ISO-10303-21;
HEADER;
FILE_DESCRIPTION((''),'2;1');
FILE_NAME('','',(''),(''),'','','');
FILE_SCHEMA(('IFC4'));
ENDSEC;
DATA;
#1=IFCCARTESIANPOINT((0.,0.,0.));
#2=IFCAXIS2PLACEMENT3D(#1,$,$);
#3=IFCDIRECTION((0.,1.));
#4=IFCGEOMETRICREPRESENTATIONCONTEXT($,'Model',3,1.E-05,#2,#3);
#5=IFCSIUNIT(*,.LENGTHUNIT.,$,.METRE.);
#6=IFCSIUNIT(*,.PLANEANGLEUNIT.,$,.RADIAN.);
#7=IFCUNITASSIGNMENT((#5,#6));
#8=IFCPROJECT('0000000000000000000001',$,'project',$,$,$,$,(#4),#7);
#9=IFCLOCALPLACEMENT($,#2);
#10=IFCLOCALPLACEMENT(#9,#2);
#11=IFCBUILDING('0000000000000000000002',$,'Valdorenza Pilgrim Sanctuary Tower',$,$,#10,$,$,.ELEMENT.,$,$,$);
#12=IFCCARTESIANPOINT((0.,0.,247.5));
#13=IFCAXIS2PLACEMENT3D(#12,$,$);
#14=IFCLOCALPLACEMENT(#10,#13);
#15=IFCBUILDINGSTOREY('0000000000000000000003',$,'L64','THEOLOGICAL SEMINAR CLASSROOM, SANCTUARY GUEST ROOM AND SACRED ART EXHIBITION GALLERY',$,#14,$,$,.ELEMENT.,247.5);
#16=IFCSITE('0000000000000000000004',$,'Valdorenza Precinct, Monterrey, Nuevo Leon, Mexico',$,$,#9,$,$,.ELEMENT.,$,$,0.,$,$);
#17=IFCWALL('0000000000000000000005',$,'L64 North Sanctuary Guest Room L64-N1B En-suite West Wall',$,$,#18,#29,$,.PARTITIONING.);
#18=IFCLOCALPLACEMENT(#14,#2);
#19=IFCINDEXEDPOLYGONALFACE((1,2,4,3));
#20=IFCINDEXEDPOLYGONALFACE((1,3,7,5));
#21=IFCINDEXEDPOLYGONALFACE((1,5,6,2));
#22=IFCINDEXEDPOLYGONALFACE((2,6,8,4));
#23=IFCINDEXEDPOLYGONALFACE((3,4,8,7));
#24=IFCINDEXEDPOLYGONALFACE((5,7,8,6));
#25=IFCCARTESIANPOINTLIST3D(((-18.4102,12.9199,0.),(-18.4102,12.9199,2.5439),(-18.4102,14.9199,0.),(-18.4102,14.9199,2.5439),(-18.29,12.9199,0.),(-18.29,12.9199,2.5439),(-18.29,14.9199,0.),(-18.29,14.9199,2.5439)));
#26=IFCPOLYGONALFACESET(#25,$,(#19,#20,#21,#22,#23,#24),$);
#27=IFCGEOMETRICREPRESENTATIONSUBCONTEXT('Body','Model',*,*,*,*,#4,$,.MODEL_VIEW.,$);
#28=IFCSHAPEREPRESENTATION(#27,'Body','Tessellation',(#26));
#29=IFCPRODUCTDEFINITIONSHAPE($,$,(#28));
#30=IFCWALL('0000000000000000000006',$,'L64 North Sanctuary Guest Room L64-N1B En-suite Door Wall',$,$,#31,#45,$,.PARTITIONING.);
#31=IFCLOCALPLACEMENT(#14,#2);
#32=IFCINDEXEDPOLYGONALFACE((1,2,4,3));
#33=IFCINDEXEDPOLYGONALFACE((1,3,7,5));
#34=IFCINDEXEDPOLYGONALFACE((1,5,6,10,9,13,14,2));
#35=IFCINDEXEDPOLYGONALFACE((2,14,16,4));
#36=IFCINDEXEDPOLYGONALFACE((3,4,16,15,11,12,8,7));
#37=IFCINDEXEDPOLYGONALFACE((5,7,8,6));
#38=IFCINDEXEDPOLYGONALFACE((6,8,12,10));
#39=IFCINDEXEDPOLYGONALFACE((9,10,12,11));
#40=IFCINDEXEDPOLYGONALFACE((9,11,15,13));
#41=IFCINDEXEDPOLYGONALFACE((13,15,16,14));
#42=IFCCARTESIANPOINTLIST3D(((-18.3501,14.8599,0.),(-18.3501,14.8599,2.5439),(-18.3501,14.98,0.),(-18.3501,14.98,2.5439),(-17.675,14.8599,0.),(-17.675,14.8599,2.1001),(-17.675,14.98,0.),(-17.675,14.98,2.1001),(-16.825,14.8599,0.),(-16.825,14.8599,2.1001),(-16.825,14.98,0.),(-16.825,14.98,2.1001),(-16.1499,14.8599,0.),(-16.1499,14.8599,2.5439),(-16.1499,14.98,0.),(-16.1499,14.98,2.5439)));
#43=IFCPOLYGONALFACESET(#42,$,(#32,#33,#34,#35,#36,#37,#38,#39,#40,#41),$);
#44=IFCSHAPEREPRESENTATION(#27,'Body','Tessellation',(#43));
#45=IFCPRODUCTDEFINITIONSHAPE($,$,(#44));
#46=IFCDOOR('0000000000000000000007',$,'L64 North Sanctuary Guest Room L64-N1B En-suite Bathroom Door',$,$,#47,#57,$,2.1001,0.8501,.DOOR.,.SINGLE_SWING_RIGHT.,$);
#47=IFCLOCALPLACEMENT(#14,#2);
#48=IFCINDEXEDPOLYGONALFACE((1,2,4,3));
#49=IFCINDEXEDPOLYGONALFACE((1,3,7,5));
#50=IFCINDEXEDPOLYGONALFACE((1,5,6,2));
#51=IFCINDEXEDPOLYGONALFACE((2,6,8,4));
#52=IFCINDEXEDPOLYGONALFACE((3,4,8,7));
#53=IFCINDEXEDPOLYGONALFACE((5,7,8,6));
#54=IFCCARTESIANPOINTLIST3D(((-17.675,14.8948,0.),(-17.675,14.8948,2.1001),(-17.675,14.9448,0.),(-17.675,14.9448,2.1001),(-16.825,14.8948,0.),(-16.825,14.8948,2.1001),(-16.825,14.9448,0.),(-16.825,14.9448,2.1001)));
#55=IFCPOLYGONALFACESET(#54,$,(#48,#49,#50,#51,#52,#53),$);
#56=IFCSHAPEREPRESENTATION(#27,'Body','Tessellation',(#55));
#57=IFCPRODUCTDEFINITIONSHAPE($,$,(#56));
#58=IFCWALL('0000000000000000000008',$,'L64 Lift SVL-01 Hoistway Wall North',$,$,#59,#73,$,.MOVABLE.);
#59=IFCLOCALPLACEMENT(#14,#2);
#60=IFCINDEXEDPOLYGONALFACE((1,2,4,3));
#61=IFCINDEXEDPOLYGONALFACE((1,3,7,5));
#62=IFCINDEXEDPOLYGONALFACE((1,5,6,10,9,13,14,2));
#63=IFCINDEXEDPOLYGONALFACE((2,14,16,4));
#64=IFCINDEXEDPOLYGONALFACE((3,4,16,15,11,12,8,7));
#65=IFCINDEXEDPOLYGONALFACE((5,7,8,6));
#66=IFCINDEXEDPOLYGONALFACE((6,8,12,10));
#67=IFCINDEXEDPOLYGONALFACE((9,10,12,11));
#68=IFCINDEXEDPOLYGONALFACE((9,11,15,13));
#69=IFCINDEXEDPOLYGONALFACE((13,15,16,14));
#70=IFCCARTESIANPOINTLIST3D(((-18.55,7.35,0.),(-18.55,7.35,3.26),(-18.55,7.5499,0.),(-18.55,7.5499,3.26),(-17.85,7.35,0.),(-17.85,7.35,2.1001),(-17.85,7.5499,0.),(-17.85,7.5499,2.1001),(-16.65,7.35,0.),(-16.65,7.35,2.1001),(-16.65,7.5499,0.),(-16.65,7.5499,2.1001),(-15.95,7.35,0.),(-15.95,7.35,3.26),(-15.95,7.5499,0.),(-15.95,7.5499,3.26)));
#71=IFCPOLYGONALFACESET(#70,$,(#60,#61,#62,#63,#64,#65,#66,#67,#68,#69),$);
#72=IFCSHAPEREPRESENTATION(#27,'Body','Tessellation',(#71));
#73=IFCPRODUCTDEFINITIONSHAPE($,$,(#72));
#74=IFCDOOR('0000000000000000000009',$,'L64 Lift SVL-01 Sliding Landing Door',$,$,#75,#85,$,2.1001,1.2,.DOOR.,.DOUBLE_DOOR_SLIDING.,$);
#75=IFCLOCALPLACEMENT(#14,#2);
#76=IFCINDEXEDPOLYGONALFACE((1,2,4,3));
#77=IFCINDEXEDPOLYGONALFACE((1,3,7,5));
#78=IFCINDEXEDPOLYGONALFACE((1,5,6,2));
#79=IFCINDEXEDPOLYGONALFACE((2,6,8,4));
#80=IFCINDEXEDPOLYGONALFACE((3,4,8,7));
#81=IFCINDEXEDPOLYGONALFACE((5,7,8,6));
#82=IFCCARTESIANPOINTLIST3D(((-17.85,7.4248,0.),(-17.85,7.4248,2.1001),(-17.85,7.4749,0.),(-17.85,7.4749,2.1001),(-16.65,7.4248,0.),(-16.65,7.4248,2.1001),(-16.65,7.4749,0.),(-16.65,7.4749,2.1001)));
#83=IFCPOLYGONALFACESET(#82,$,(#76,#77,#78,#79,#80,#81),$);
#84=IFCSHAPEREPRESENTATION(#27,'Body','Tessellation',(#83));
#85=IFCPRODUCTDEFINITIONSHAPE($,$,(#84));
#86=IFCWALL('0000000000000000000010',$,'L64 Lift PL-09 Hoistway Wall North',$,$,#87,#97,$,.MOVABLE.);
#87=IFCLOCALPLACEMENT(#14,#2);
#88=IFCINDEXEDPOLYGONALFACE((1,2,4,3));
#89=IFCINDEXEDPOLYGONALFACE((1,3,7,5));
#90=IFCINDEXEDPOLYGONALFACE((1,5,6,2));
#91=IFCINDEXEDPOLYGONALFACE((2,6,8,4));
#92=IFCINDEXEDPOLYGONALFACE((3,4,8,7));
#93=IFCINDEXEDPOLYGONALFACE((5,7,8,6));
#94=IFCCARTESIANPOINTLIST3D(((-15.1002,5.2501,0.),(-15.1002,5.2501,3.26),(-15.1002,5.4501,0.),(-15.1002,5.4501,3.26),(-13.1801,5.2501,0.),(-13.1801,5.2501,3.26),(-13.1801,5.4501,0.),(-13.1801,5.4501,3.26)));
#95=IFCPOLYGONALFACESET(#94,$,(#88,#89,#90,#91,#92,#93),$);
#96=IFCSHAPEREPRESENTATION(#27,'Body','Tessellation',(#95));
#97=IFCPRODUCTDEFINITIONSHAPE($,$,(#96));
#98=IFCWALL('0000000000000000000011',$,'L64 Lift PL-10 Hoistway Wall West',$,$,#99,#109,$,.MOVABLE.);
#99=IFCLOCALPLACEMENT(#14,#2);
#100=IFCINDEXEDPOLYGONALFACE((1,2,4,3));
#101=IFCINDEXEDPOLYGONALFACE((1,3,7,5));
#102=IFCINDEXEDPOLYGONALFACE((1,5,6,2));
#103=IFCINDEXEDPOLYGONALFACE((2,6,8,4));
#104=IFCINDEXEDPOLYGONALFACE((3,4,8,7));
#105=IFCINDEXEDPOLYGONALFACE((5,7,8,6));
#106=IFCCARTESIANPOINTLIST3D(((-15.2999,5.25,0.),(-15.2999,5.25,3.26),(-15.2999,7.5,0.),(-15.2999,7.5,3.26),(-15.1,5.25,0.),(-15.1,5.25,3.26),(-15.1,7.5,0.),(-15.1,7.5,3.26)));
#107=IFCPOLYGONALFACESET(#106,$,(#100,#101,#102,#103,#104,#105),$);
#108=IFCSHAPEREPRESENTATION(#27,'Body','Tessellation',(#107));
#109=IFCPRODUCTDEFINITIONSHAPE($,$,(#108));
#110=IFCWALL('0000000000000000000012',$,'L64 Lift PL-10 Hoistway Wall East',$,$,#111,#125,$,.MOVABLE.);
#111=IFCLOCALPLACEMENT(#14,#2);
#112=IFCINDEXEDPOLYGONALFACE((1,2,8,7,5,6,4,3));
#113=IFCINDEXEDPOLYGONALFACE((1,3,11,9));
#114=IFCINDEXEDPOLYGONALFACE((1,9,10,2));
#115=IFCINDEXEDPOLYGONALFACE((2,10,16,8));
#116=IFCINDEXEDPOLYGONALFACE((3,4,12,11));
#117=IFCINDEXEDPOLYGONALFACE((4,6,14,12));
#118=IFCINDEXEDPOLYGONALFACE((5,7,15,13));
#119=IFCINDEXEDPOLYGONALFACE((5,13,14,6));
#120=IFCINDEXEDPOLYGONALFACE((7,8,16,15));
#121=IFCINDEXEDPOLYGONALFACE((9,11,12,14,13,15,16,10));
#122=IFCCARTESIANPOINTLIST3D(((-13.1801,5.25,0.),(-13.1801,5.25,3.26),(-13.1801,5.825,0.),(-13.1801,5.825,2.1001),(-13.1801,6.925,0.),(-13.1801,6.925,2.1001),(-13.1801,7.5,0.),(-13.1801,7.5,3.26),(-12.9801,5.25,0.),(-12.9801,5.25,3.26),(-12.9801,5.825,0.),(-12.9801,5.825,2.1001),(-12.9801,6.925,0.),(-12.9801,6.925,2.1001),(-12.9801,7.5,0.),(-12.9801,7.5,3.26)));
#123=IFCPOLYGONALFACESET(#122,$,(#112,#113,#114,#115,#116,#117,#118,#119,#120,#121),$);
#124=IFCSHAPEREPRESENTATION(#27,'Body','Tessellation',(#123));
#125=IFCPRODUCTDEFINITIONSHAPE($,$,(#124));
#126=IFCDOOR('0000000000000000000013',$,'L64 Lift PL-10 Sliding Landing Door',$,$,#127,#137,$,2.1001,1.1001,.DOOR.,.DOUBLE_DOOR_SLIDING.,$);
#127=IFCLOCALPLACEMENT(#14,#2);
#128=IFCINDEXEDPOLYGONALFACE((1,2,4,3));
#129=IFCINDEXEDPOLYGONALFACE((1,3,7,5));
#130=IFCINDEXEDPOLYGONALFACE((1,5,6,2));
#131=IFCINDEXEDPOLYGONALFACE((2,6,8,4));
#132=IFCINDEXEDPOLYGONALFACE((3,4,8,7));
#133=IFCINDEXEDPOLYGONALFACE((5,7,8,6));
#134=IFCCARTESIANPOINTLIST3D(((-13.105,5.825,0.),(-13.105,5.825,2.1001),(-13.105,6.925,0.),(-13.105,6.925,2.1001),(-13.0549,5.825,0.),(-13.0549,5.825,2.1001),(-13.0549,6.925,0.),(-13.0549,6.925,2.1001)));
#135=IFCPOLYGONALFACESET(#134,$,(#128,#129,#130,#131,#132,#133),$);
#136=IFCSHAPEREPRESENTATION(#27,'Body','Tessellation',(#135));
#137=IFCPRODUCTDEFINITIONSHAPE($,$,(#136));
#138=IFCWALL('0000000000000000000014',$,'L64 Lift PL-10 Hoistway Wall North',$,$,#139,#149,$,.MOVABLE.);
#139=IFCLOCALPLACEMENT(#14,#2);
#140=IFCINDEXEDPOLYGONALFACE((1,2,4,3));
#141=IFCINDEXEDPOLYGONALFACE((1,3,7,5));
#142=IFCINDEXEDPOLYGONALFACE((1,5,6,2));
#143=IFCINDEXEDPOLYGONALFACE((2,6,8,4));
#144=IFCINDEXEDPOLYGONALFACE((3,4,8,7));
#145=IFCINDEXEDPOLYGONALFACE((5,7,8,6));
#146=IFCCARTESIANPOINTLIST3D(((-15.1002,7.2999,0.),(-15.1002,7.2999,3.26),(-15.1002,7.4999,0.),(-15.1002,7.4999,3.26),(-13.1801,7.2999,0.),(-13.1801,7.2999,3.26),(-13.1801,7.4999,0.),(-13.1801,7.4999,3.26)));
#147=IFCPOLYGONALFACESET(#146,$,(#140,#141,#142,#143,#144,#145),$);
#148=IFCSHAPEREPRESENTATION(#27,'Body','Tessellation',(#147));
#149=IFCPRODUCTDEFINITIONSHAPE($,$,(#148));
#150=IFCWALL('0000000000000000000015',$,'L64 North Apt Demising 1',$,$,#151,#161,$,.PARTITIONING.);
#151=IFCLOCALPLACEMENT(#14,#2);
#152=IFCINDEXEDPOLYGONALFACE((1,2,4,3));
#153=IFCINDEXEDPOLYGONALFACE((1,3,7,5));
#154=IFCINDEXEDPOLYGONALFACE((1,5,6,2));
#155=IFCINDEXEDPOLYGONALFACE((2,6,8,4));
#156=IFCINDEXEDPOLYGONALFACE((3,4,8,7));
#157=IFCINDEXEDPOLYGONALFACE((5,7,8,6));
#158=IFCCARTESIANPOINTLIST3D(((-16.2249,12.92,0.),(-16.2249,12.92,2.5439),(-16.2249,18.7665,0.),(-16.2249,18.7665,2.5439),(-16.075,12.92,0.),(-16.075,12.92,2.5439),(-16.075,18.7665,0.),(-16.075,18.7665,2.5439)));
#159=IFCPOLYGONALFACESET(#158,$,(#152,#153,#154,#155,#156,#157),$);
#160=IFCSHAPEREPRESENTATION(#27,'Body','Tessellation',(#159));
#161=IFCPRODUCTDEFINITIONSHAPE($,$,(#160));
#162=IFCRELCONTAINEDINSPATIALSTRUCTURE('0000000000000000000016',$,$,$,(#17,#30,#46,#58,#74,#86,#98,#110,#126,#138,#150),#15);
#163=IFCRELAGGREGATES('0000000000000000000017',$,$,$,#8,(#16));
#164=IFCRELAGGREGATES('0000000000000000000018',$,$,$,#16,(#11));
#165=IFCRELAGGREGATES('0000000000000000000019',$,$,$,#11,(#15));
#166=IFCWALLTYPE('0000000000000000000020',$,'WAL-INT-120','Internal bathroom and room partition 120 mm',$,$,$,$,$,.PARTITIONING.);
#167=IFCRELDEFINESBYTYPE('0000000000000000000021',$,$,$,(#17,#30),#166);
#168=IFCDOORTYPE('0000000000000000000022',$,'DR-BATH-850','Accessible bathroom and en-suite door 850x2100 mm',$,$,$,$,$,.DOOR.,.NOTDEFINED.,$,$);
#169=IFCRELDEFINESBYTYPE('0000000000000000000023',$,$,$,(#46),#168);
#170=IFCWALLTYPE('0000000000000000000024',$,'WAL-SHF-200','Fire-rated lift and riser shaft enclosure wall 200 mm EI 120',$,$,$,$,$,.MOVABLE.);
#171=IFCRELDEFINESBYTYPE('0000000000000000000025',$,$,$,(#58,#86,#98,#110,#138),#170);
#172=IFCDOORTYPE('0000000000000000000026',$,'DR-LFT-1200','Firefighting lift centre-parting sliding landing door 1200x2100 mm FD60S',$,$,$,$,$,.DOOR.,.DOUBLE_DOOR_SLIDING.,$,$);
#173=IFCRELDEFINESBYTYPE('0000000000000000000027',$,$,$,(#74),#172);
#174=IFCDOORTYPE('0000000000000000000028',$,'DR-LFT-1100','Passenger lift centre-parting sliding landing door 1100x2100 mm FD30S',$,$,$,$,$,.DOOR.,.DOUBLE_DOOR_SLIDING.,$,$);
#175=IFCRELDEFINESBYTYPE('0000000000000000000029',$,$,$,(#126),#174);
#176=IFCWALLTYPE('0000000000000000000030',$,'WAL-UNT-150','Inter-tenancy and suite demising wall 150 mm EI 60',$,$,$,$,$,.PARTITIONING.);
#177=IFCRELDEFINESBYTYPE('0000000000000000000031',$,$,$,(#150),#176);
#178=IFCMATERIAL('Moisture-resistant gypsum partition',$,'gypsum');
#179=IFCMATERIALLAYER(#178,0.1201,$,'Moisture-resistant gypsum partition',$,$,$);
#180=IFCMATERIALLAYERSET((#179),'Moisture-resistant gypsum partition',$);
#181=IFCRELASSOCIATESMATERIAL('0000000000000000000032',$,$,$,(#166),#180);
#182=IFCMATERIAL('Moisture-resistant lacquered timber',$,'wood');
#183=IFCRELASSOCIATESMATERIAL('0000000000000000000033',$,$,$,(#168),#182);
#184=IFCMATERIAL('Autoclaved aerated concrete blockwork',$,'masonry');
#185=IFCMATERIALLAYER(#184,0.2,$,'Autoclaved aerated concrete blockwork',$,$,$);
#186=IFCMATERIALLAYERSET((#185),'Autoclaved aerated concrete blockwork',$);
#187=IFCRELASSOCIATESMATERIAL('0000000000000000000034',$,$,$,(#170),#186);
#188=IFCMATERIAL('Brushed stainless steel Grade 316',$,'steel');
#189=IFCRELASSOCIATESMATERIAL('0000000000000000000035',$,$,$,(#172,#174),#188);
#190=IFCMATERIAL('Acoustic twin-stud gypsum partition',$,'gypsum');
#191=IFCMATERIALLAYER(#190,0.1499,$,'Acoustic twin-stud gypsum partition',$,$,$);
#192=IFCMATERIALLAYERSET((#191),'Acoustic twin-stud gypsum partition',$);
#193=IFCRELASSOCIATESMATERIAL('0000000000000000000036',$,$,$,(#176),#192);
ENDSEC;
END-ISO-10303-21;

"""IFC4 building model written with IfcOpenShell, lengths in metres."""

from ifc_helpers import new_model, si_unit, direction, frame, frame_2d, origin, place, context, subcontext, project, spatial, rectangle, extrude, material, layer, layer_set, type_object, element, fill, save


model = new_model("IFC4")

# Units and contexts
model_context = context("Model", 3, precision=1e-05, world=origin(), true_north=direction((0.0, 1.0)))
body_context = subcontext(model_context, "Body", "Model", "MODEL_VIEW")
ifc_project = project(units=[si_unit("LENGTHUNIT", "METRE"), si_unit("PLANEANGLEUNIT", "RADIAN")], contexts=[model_context])

# Site, building, storey
site_placement = place(None, origin())
site = spatial("IfcSite", under=ifc_project, at=site_placement, Name="Valdorenza Precinct, Monterrey, Nuevo Leon, Mexico", CompositionType="ELEMENT", RefElevation=0.0)
building_placement = place(site_placement, origin())
building = spatial("IfcBuilding", under=site, at=building_placement, Name="Valdorenza Pilgrim Sanctuary Tower", CompositionType="ELEMENT")
storey_placement = place(building_placement, frame((0.0, 0.0, 247.5)))
storey = spatial("IfcBuildingStorey", under=building, at=storey_placement, Name="L64", Description="THEOLOGICAL SEMINAR CLASSROOM, SANCTUARY GUEST ROOM AND SACRED ART EXHIBITION GALLERY", CompositionType="ELEMENT", Elevation=247.5)

# Shared definitions
ifc_material_1 = material(Name="Acoustic twin-stud gypsum partition", Category="gypsum")

# Wall
ifc_material_2 = material(Name="Moisture-resistant gypsum partition", Category="gypsum")
ifc_layer_1 = layer(ifc_material_2, 0.1201, Name="Moisture-resistant gypsum partition")
ifc_layer_set_1 = layer_set([ifc_layer_1], Name="Moisture-resistant gypsum partition")
wall_type_1 = type_object("IfcWallType", Name="WAL-INT-120", Description="Internal bathroom and room partition 120 mm", PredefinedType="PARTITIONING", material=ifc_layer_set_1)
wall_1_placement = place(storey_placement, frame((-18.3501, 12.9199, 0.0), z_axis=(0.0, 0.0, 1.0), x_axis=(0.0, 1.0, 0.0)))
element("IfcWall", 1, at=wall_1_placement, inside=storey, type_object=wall_type_1, Name="L64 North Sanctuary Guest Room L64-N1B En-suite West Wall", PredefinedType="PARTITIONING", context=body_context, shape_type="SweptSolid", body=[
    extrude(rectangle(XDim=2.0, YDim=0.1201, at=frame_2d((1.0, 0.0))), origin(), (0.0, 0.0, 1.0), 2.5439),
])

# Walls, openings, doors
wall_2_placement = place(storey_placement, frame((-18.3501, 14.9199, 0.0), z_axis=(0.0, 0.0, 1.0), x_axis=(1.0, 0.0, 0.0)))
wall_2 = element("IfcWall", 2, at=wall_2_placement, inside=storey, type_object=wall_type_1, Name="L64 North Sanctuary Guest Room L64-N1B En-suite Door Wall", PredefinedType="PARTITIONING", context=body_context, shape_type="SweptSolid", body=[
    extrude(rectangle(XDim=2.2002, YDim=0.1201, at=frame_2d((1.1001, 0.0))), origin(), (0.0, 0.0, 1.0), 2.5439),
])
opening_1_placement = place(wall_2_placement, frame((0.675, 0.0, 0.0)))
opening_1 = element("IfcOpeningElement", 3, at=opening_1_placement, cuts=wall_2, PredefinedType="OPENING", context=body_context, shape_type="SweptSolid", body=[
    extrude(rectangle(XDim=0.8501, YDim=2.1001, at=frame_2d((0.425, 1.05))), frame((0.0, 0.075, 0.0), z_axis=(0.0, -1.0, 0.0), x_axis=(1.0, 0.0, 0.0)), (0.0, 0.0, 1.0), 0.1499),
])
ifc_material_3 = material(Name="Moisture-resistant lacquered timber", Category="wood")
door_type_1 = type_object("IfcDoorType", Name="DR-BATH-850", Description="Accessible bathroom and en-suite door 850x2100 mm", OperationType="NOTDEFINED", PredefinedType="DOOR", material=ifc_material_3)
door_1_placement = place(opening_1_placement, origin())
door_1 = element("IfcDoor", 4, at=door_1_placement, inside=storey, type_object=door_type_1, Name="L64 North Sanctuary Guest Room L64-N1B En-suite Bathroom Door", OperationType="SINGLE_SWING_RIGHT", OverallHeight=2.1001, OverallWidth=0.8501, PredefinedType="DOOR", context=body_context, shape_type="SweptSolid", body=[
    extrude(rectangle(XDim=0.8501, YDim=2.1001, at=frame_2d((0.425, 1.05))), frame((0.0, 0.0249, 0.0), z_axis=(0.0, -1.0, 0.0), x_axis=(1.0, 0.0, 0.0)), (0.0, 0.0, 1.0), 0.05),
])
fill(opening_1, door_1)
ifc_material_4 = material(Name="Autoclaved aerated concrete blockwork", Category="masonry")
ifc_layer_2 = layer(ifc_material_4, 0.2, Name="Autoclaved aerated concrete blockwork")
ifc_layer_set_2 = layer_set([ifc_layer_2], Name="Autoclaved aerated concrete blockwork")
wall_type_2 = type_object("IfcWallType", Name="WAL-SHF-200", Description="Fire-rated lift and riser shaft enclosure wall 200 mm EI 120", PredefinedType="MOVABLE", material=ifc_layer_set_2)
wall_3_placement = place(storey_placement, frame((-18.55, 7.45, 0.0), z_axis=(0.0, 0.0, 1.0), x_axis=(1.0, 0.0, 0.0)))
wall_3 = element("IfcWall", 5, at=wall_3_placement, inside=storey, type_object=wall_type_2, Name="L64 Lift SVL-01 Hoistway Wall North", PredefinedType="MOVABLE", context=body_context, shape_type="SweptSolid", body=[
    extrude(rectangle(XDim=2.6001, YDim=0.2, at=frame_2d((1.3, 0.0))), origin(), (0.0, 0.0, 1.0), 3.26),
])
opening_2_placement = place(wall_3_placement, frame((0.7, 0.0, 0.0)))
opening_2 = element("IfcOpeningElement", 6, at=opening_2_placement, cuts=wall_3, PredefinedType="OPENING", context=body_context, shape_type="SweptSolid", body=[
    extrude(rectangle(XDim=1.2, YDim=2.1001, at=frame_2d((0.6001, 1.05))), frame((0.0, 0.1147, 0.0), z_axis=(0.0, -1.0, 0.0), x_axis=(1.0, 0.0, 0.0)), (0.0, 0.0, 1.0), 0.2297),
])
ifc_material_5 = material(Name="Brushed stainless steel Grade 316", Category="steel")
door_type_2 = type_object("IfcDoorType", Name="DR-LFT-1200", Description="Firefighting lift centre-parting sliding landing door 1200x2100 mm FD60S", OperationType="DOUBLE_DOOR_SLIDING", PredefinedType="DOOR", material=ifc_material_5)
door_2_placement = place(opening_2_placement, origin())
door_2 = element("IfcDoor", 7, at=door_2_placement, inside=storey, type_object=door_type_2, Name="L64 Lift SVL-01 Sliding Landing Door", OperationType="DOUBLE_DOOR_SLIDING", OverallHeight=2.1001, OverallWidth=1.2, PredefinedType="DOOR", context=body_context, shape_type="SweptSolid", body=[
    extrude(rectangle(XDim=1.2, YDim=2.1001, at=frame_2d((0.6001, 1.05))), frame((0.0, 0.0249, 0.0), z_axis=(0.0, -1.0, 0.0), x_axis=(1.0, 0.0, 0.0)), (0.0, 0.0, 1.0), 0.05),
])
fill(opening_2, door_2)

# Walls
wall_4_placement = place(storey_placement, frame((-15.1001, 5.3501, 0.0), z_axis=(0.0, 0.0, 1.0), x_axis=(1.0, 0.0, 0.0)))
element("IfcWall", 8, at=wall_4_placement, inside=storey, type_object=wall_type_2, Name="L64 Lift PL-09 Hoistway Wall North", PredefinedType="MOVABLE", context=body_context, shape_type="SweptSolid", body=[
    extrude(rectangle(XDim=1.9202, YDim=0.2, at=frame_2d((0.96, 0.0))), origin(), (0.0, 0.0, 1.0), 3.26),
])
wall_5_placement = place(storey_placement, frame((-15.2, 5.25, 0.0), z_axis=(0.0, 0.0, 1.0), x_axis=(0.0, 1.0, 0.0)))
element("IfcWall", 9, at=wall_5_placement, inside=storey, type_object=wall_type_2, Name="L64 Lift PL-10 Hoistway Wall West", PredefinedType="MOVABLE", context=body_context, shape_type="SweptSolid", body=[
    extrude(rectangle(XDim=2.25, YDim=0.2, at=frame_2d((1.125, 0.0))), origin(), (0.0, 0.0, 1.0), 3.26),
])

# Wall, opening, door
wall_6_placement = place(storey_placement, frame((-13.0801, 5.25, 0.0), z_axis=(0.0, 0.0, 1.0), x_axis=(0.0, 1.0, 0.0)))
wall_6 = element("IfcWall", 10, at=wall_6_placement, inside=storey, type_object=wall_type_2, Name="L64 Lift PL-10 Hoistway Wall East", PredefinedType="MOVABLE", context=body_context, shape_type="SweptSolid", body=[
    extrude(rectangle(XDim=2.25, YDim=0.2, at=frame_2d((1.125, 0.0))), origin(), (0.0, 0.0, 1.0), 3.26),
])
opening_3_placement = place(wall_6_placement, frame((0.575, 0.0, 0.0)))
opening_3 = element("IfcOpeningElement", 11, at=opening_3_placement, cuts=wall_6, PredefinedType="OPENING", context=body_context, shape_type="SweptSolid", body=[
    extrude(rectangle(XDim=1.1001, YDim=2.1001, at=frame_2d((0.55, 1.05))), frame((0.0, 0.1147, 0.0), z_axis=(0.0, -1.0, 0.0), x_axis=(1.0, 0.0, 0.0)), (0.0, 0.0, 1.0), 0.2297),
])
door_type_3 = type_object("IfcDoorType", Name="DR-LFT-1100", Description="Passenger lift centre-parting sliding landing door 1100x2100 mm FD30S", OperationType="DOUBLE_DOOR_SLIDING", PredefinedType="DOOR", material=ifc_material_5)
door_3_placement = place(opening_3_placement, origin())
door_3 = element("IfcDoor", 12, at=door_3_placement, inside=storey, type_object=door_type_3, Name="L64 Lift PL-10 Sliding Landing Door", OperationType="DOUBLE_DOOR_SLIDING", OverallHeight=2.1001, OverallWidth=1.1001, PredefinedType="DOOR", context=body_context, shape_type="SweptSolid", body=[
    extrude(rectangle(XDim=1.1001, YDim=2.1001, at=frame_2d((0.55, 1.05))), frame((0.0, 0.0249, 0.0), z_axis=(0.0, -1.0, 0.0), x_axis=(1.0, 0.0, 0.0)), (0.0, 0.0, 1.0), 0.05),
])
fill(opening_3, door_3)

# Walls
wall_7_placement = place(storey_placement, frame((-15.1001, 7.3999, 0.0), z_axis=(0.0, 0.0, 1.0), x_axis=(1.0, 0.0, 0.0)))
element("IfcWall", 13, at=wall_7_placement, inside=storey, type_object=wall_type_2, Name="L64 Lift PL-10 Hoistway Wall North", PredefinedType="MOVABLE", context=body_context, shape_type="SweptSolid", body=[
    extrude(rectangle(XDim=1.9202, YDim=0.2, at=frame_2d((0.96, 0.0))), origin(), (0.0, 0.0, 1.0), 3.26),
])
ifc_layer_3 = layer(ifc_material_1, 0.1499, Name="Acoustic twin-stud gypsum partition")
ifc_layer_set_3 = layer_set([ifc_layer_3], Name="Acoustic twin-stud gypsum partition")
wall_type_3 = type_object("IfcWallType", Name="WAL-UNT-150", Description="Inter-tenancy and suite demising wall 150 mm EI 60", PredefinedType="PARTITIONING", material=ifc_layer_set_3)
wall_8_placement = place(storey_placement, frame((-16.1499, 12.9199, 0.0), z_axis=(0.0, 0.0, 1.0), x_axis=(0.0, 1.0, 0.0)))
element("IfcWall", 14, at=wall_8_placement, inside=storey, type_object=wall_type_3, Name="L64 North Apt Demising 1", PredefinedType="PARTITIONING", context=body_context, shape_type="SweptSolid", body=[
    extrude(rectangle(XDim=5.8464, YDim=0.1499, at=frame_2d((2.9233, 0.0))), origin(), (0.0, 0.0, 1.0), 2.5439),
])

save(model, "model.ifc")
